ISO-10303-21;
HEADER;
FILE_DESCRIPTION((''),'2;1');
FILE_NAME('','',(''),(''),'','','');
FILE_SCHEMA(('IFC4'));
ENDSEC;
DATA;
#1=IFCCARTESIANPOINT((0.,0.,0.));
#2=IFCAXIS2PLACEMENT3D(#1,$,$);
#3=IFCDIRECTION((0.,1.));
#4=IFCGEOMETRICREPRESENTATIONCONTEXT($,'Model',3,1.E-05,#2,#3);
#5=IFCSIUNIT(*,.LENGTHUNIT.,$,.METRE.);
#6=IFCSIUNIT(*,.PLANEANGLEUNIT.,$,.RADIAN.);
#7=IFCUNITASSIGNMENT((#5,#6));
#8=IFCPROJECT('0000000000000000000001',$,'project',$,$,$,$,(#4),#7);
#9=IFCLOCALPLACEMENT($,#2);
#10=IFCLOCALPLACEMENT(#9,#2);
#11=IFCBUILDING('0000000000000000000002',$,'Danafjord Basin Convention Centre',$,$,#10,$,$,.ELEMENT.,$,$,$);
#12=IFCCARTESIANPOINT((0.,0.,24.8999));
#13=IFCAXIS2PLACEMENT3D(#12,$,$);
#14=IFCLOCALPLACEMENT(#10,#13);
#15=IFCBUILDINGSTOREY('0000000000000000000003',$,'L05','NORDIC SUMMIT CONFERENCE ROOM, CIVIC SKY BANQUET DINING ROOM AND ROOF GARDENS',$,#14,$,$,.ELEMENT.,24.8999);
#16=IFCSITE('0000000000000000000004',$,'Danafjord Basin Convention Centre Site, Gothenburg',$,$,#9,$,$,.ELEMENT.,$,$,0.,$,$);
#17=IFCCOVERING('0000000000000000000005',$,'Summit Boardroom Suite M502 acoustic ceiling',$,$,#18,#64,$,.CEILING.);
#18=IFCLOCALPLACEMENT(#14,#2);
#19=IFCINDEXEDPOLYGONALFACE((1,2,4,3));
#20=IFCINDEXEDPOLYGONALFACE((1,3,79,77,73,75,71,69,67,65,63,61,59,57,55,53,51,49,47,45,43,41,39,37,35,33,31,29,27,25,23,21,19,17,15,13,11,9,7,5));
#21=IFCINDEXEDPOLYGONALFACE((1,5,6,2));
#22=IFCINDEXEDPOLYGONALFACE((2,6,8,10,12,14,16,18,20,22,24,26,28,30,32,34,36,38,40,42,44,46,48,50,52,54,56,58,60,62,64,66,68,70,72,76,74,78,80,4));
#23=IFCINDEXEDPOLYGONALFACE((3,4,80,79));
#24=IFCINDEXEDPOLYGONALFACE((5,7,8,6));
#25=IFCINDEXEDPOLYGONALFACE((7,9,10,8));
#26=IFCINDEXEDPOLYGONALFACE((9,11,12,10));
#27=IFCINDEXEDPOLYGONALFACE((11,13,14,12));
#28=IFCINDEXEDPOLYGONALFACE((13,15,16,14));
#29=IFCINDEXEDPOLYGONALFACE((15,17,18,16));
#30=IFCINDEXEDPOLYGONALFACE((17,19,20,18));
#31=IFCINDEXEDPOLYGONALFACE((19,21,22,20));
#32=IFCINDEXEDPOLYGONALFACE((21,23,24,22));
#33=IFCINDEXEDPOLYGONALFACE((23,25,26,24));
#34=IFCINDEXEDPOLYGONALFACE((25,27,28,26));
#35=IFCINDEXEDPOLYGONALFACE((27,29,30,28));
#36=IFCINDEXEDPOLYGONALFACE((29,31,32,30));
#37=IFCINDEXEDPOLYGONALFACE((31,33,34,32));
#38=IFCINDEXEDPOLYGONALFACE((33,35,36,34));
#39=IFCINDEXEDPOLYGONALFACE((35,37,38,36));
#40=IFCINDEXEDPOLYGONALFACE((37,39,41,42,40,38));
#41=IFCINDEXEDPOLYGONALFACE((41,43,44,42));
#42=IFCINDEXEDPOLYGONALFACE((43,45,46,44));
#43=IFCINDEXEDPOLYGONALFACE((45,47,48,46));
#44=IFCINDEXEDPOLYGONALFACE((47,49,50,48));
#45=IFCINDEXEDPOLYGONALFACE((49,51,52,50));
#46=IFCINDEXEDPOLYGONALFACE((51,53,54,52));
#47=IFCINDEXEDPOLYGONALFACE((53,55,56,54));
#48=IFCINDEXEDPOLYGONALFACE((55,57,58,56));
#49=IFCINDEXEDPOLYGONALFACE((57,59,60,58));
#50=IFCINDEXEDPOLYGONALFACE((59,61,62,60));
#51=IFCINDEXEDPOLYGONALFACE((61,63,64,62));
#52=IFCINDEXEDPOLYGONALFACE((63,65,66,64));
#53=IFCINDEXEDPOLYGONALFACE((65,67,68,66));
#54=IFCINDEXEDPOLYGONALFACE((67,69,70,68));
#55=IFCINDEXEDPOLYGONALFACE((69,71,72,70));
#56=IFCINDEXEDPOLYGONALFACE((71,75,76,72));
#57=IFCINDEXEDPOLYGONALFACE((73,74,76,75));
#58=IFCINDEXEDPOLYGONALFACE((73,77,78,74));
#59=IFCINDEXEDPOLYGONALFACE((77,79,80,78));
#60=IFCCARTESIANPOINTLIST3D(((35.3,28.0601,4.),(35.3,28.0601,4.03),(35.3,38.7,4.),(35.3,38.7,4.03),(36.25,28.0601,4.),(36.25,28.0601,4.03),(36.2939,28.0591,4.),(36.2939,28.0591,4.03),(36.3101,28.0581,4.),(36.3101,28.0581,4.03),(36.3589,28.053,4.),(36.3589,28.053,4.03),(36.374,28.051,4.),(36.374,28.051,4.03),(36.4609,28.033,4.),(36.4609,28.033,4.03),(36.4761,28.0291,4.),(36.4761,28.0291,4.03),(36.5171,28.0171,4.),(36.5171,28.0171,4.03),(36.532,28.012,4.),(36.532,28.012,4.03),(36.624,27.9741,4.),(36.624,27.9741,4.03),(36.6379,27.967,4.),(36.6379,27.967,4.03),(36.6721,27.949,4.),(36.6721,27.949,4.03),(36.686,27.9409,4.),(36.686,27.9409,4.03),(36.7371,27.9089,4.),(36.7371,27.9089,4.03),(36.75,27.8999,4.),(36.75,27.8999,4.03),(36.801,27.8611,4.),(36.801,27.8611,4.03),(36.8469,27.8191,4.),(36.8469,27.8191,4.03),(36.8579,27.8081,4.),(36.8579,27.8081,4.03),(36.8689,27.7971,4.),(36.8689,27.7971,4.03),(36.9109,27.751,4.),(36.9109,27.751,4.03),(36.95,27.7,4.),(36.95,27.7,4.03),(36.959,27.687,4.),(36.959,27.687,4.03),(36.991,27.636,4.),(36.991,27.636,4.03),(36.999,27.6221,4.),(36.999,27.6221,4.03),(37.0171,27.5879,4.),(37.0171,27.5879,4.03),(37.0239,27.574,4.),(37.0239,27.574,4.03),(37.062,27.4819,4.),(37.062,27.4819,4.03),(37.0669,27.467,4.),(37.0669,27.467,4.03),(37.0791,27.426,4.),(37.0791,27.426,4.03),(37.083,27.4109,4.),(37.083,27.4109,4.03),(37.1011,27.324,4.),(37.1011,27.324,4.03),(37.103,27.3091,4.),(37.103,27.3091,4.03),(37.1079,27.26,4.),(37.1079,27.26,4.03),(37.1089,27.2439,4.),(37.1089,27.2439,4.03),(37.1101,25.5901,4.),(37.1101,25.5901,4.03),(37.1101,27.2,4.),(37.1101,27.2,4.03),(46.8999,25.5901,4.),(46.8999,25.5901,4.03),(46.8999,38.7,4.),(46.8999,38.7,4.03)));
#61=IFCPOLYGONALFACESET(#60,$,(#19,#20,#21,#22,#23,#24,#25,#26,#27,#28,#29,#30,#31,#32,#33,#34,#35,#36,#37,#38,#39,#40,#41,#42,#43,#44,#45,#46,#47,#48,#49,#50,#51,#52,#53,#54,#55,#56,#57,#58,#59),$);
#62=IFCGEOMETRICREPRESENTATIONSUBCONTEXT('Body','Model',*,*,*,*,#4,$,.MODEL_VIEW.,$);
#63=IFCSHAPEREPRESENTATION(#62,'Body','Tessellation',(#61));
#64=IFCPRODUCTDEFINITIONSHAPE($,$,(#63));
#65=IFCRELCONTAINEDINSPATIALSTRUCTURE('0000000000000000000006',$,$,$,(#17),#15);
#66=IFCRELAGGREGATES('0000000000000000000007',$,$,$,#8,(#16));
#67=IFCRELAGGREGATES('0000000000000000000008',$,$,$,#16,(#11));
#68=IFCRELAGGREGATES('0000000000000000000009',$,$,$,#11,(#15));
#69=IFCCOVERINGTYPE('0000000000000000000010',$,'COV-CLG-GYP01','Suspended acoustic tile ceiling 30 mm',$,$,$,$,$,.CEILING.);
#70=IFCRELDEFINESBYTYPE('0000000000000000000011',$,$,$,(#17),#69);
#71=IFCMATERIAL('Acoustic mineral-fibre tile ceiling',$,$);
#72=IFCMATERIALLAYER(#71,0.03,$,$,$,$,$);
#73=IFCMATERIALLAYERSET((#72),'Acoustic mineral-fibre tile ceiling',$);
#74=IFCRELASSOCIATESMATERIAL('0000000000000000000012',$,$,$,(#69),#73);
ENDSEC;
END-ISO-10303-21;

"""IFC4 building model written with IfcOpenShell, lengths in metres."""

from ifc_helpers import new_model, si_unit, direction, frame, origin, place, context, subcontext, project, spatial, polyline, outline, extrude, material, layer, layer_set, type_object, element, save


model = new_model("IFC4")

# Units and contexts
model_context = context("Model", 3, precision=1e-05, world=origin(), true_north=direction((0.0, 1.0)))
body_context = subcontext(model_context, "Body", "Model", "MODEL_VIEW")
ifc_project = project(units=[si_unit("LENGTHUNIT", "METRE"), si_unit("PLANEANGLEUNIT", "RADIAN")], contexts=[model_context])

# Site, building, storey
site_placement = place(None, origin())
site = spatial("IfcSite", under=ifc_project, at=site_placement, Name="Danafjord Basin Convention Centre Site, Gothenburg", CompositionType="ELEMENT", RefElevation=0.0)
building_placement = place(site_placement, origin())
building = spatial("IfcBuilding", under=site, at=building_placement, Name="Danafjord Basin Convention Centre", CompositionType="ELEMENT")
storey_placement = place(building_placement, frame((0.0, 0.0, 24.8999)))
storey = spatial("IfcBuildingStorey", under=building, at=storey_placement, Name="L05", Description="NORDIC SUMMIT CONFERENCE ROOM, CIVIC SKY BANQUET DINING ROOM AND ROOF GARDENS", CompositionType="ELEMENT", Elevation=24.8999)

# Covering
ifc_material_1 = material(Name="Acoustic mineral-fibre tile ceiling")
ifc_layer_1 = layer(ifc_material_1, 0.03)
ifc_layer_set_1 = layer_set([ifc_layer_1], Name="Acoustic mineral-fibre tile ceiling")
covering_type = type_object("IfcCoveringType", Name="COV-CLG-GYP01", Description="Suspended acoustic tile ceiling 30 mm", PredefinedType="CEILING", material=ifc_layer_set_1)
covering_placement = place(storey_placement, frame((0.0, 0.0, 4.0)))
element("IfcCovering", 1, at=covering_placement, inside=storey, type_object=covering_type, Name="Summit Boardroom Suite M502 acoustic ceiling", PredefinedType="CEILING", context=body_context, shape_type="SweptSolid", body=[
    extrude(outline(polyline([(37.1101, 27.2), (37.1089, 27.2439), (37.1079, 27.26), (37.103, 27.3091), (37.1011, 27.324), (37.083, 27.4109), (37.0791, 27.426), (37.0669, 27.467), (37.062, 27.4819), (37.0239, 27.574), (37.0171, 27.5879), (36.999, 27.6221), (36.991, 27.636), (36.959, 27.687), (36.95, 27.7), (36.9109, 27.751), (36.8689, 27.7971), (36.8579, 27.8081), (36.8469, 27.8191), (36.801, 27.8611), (36.75, 27.8999), (36.7371, 27.9089), (36.686, 27.9409), (36.6721, 27.949), (36.6379, 27.967), (36.624, 27.9741), (36.532, 28.012), (36.5171, 28.0171), (36.4761, 28.0291), (36.4609, 28.033), (36.374, 28.051), (36.3589, 28.053), (36.3101, 28.0581), (36.2939, 28.0591), (36.25, 28.0601), (35.3, 28.0601), (35.3, 38.7), (46.8999, 38.7), (46.8999, 25.5901), (37.1101, 25.5901), (37.1101, 27.2)])), origin(), (0.0, 0.0, 1.0), 0.03),
])

save(model, "model.ifc")
